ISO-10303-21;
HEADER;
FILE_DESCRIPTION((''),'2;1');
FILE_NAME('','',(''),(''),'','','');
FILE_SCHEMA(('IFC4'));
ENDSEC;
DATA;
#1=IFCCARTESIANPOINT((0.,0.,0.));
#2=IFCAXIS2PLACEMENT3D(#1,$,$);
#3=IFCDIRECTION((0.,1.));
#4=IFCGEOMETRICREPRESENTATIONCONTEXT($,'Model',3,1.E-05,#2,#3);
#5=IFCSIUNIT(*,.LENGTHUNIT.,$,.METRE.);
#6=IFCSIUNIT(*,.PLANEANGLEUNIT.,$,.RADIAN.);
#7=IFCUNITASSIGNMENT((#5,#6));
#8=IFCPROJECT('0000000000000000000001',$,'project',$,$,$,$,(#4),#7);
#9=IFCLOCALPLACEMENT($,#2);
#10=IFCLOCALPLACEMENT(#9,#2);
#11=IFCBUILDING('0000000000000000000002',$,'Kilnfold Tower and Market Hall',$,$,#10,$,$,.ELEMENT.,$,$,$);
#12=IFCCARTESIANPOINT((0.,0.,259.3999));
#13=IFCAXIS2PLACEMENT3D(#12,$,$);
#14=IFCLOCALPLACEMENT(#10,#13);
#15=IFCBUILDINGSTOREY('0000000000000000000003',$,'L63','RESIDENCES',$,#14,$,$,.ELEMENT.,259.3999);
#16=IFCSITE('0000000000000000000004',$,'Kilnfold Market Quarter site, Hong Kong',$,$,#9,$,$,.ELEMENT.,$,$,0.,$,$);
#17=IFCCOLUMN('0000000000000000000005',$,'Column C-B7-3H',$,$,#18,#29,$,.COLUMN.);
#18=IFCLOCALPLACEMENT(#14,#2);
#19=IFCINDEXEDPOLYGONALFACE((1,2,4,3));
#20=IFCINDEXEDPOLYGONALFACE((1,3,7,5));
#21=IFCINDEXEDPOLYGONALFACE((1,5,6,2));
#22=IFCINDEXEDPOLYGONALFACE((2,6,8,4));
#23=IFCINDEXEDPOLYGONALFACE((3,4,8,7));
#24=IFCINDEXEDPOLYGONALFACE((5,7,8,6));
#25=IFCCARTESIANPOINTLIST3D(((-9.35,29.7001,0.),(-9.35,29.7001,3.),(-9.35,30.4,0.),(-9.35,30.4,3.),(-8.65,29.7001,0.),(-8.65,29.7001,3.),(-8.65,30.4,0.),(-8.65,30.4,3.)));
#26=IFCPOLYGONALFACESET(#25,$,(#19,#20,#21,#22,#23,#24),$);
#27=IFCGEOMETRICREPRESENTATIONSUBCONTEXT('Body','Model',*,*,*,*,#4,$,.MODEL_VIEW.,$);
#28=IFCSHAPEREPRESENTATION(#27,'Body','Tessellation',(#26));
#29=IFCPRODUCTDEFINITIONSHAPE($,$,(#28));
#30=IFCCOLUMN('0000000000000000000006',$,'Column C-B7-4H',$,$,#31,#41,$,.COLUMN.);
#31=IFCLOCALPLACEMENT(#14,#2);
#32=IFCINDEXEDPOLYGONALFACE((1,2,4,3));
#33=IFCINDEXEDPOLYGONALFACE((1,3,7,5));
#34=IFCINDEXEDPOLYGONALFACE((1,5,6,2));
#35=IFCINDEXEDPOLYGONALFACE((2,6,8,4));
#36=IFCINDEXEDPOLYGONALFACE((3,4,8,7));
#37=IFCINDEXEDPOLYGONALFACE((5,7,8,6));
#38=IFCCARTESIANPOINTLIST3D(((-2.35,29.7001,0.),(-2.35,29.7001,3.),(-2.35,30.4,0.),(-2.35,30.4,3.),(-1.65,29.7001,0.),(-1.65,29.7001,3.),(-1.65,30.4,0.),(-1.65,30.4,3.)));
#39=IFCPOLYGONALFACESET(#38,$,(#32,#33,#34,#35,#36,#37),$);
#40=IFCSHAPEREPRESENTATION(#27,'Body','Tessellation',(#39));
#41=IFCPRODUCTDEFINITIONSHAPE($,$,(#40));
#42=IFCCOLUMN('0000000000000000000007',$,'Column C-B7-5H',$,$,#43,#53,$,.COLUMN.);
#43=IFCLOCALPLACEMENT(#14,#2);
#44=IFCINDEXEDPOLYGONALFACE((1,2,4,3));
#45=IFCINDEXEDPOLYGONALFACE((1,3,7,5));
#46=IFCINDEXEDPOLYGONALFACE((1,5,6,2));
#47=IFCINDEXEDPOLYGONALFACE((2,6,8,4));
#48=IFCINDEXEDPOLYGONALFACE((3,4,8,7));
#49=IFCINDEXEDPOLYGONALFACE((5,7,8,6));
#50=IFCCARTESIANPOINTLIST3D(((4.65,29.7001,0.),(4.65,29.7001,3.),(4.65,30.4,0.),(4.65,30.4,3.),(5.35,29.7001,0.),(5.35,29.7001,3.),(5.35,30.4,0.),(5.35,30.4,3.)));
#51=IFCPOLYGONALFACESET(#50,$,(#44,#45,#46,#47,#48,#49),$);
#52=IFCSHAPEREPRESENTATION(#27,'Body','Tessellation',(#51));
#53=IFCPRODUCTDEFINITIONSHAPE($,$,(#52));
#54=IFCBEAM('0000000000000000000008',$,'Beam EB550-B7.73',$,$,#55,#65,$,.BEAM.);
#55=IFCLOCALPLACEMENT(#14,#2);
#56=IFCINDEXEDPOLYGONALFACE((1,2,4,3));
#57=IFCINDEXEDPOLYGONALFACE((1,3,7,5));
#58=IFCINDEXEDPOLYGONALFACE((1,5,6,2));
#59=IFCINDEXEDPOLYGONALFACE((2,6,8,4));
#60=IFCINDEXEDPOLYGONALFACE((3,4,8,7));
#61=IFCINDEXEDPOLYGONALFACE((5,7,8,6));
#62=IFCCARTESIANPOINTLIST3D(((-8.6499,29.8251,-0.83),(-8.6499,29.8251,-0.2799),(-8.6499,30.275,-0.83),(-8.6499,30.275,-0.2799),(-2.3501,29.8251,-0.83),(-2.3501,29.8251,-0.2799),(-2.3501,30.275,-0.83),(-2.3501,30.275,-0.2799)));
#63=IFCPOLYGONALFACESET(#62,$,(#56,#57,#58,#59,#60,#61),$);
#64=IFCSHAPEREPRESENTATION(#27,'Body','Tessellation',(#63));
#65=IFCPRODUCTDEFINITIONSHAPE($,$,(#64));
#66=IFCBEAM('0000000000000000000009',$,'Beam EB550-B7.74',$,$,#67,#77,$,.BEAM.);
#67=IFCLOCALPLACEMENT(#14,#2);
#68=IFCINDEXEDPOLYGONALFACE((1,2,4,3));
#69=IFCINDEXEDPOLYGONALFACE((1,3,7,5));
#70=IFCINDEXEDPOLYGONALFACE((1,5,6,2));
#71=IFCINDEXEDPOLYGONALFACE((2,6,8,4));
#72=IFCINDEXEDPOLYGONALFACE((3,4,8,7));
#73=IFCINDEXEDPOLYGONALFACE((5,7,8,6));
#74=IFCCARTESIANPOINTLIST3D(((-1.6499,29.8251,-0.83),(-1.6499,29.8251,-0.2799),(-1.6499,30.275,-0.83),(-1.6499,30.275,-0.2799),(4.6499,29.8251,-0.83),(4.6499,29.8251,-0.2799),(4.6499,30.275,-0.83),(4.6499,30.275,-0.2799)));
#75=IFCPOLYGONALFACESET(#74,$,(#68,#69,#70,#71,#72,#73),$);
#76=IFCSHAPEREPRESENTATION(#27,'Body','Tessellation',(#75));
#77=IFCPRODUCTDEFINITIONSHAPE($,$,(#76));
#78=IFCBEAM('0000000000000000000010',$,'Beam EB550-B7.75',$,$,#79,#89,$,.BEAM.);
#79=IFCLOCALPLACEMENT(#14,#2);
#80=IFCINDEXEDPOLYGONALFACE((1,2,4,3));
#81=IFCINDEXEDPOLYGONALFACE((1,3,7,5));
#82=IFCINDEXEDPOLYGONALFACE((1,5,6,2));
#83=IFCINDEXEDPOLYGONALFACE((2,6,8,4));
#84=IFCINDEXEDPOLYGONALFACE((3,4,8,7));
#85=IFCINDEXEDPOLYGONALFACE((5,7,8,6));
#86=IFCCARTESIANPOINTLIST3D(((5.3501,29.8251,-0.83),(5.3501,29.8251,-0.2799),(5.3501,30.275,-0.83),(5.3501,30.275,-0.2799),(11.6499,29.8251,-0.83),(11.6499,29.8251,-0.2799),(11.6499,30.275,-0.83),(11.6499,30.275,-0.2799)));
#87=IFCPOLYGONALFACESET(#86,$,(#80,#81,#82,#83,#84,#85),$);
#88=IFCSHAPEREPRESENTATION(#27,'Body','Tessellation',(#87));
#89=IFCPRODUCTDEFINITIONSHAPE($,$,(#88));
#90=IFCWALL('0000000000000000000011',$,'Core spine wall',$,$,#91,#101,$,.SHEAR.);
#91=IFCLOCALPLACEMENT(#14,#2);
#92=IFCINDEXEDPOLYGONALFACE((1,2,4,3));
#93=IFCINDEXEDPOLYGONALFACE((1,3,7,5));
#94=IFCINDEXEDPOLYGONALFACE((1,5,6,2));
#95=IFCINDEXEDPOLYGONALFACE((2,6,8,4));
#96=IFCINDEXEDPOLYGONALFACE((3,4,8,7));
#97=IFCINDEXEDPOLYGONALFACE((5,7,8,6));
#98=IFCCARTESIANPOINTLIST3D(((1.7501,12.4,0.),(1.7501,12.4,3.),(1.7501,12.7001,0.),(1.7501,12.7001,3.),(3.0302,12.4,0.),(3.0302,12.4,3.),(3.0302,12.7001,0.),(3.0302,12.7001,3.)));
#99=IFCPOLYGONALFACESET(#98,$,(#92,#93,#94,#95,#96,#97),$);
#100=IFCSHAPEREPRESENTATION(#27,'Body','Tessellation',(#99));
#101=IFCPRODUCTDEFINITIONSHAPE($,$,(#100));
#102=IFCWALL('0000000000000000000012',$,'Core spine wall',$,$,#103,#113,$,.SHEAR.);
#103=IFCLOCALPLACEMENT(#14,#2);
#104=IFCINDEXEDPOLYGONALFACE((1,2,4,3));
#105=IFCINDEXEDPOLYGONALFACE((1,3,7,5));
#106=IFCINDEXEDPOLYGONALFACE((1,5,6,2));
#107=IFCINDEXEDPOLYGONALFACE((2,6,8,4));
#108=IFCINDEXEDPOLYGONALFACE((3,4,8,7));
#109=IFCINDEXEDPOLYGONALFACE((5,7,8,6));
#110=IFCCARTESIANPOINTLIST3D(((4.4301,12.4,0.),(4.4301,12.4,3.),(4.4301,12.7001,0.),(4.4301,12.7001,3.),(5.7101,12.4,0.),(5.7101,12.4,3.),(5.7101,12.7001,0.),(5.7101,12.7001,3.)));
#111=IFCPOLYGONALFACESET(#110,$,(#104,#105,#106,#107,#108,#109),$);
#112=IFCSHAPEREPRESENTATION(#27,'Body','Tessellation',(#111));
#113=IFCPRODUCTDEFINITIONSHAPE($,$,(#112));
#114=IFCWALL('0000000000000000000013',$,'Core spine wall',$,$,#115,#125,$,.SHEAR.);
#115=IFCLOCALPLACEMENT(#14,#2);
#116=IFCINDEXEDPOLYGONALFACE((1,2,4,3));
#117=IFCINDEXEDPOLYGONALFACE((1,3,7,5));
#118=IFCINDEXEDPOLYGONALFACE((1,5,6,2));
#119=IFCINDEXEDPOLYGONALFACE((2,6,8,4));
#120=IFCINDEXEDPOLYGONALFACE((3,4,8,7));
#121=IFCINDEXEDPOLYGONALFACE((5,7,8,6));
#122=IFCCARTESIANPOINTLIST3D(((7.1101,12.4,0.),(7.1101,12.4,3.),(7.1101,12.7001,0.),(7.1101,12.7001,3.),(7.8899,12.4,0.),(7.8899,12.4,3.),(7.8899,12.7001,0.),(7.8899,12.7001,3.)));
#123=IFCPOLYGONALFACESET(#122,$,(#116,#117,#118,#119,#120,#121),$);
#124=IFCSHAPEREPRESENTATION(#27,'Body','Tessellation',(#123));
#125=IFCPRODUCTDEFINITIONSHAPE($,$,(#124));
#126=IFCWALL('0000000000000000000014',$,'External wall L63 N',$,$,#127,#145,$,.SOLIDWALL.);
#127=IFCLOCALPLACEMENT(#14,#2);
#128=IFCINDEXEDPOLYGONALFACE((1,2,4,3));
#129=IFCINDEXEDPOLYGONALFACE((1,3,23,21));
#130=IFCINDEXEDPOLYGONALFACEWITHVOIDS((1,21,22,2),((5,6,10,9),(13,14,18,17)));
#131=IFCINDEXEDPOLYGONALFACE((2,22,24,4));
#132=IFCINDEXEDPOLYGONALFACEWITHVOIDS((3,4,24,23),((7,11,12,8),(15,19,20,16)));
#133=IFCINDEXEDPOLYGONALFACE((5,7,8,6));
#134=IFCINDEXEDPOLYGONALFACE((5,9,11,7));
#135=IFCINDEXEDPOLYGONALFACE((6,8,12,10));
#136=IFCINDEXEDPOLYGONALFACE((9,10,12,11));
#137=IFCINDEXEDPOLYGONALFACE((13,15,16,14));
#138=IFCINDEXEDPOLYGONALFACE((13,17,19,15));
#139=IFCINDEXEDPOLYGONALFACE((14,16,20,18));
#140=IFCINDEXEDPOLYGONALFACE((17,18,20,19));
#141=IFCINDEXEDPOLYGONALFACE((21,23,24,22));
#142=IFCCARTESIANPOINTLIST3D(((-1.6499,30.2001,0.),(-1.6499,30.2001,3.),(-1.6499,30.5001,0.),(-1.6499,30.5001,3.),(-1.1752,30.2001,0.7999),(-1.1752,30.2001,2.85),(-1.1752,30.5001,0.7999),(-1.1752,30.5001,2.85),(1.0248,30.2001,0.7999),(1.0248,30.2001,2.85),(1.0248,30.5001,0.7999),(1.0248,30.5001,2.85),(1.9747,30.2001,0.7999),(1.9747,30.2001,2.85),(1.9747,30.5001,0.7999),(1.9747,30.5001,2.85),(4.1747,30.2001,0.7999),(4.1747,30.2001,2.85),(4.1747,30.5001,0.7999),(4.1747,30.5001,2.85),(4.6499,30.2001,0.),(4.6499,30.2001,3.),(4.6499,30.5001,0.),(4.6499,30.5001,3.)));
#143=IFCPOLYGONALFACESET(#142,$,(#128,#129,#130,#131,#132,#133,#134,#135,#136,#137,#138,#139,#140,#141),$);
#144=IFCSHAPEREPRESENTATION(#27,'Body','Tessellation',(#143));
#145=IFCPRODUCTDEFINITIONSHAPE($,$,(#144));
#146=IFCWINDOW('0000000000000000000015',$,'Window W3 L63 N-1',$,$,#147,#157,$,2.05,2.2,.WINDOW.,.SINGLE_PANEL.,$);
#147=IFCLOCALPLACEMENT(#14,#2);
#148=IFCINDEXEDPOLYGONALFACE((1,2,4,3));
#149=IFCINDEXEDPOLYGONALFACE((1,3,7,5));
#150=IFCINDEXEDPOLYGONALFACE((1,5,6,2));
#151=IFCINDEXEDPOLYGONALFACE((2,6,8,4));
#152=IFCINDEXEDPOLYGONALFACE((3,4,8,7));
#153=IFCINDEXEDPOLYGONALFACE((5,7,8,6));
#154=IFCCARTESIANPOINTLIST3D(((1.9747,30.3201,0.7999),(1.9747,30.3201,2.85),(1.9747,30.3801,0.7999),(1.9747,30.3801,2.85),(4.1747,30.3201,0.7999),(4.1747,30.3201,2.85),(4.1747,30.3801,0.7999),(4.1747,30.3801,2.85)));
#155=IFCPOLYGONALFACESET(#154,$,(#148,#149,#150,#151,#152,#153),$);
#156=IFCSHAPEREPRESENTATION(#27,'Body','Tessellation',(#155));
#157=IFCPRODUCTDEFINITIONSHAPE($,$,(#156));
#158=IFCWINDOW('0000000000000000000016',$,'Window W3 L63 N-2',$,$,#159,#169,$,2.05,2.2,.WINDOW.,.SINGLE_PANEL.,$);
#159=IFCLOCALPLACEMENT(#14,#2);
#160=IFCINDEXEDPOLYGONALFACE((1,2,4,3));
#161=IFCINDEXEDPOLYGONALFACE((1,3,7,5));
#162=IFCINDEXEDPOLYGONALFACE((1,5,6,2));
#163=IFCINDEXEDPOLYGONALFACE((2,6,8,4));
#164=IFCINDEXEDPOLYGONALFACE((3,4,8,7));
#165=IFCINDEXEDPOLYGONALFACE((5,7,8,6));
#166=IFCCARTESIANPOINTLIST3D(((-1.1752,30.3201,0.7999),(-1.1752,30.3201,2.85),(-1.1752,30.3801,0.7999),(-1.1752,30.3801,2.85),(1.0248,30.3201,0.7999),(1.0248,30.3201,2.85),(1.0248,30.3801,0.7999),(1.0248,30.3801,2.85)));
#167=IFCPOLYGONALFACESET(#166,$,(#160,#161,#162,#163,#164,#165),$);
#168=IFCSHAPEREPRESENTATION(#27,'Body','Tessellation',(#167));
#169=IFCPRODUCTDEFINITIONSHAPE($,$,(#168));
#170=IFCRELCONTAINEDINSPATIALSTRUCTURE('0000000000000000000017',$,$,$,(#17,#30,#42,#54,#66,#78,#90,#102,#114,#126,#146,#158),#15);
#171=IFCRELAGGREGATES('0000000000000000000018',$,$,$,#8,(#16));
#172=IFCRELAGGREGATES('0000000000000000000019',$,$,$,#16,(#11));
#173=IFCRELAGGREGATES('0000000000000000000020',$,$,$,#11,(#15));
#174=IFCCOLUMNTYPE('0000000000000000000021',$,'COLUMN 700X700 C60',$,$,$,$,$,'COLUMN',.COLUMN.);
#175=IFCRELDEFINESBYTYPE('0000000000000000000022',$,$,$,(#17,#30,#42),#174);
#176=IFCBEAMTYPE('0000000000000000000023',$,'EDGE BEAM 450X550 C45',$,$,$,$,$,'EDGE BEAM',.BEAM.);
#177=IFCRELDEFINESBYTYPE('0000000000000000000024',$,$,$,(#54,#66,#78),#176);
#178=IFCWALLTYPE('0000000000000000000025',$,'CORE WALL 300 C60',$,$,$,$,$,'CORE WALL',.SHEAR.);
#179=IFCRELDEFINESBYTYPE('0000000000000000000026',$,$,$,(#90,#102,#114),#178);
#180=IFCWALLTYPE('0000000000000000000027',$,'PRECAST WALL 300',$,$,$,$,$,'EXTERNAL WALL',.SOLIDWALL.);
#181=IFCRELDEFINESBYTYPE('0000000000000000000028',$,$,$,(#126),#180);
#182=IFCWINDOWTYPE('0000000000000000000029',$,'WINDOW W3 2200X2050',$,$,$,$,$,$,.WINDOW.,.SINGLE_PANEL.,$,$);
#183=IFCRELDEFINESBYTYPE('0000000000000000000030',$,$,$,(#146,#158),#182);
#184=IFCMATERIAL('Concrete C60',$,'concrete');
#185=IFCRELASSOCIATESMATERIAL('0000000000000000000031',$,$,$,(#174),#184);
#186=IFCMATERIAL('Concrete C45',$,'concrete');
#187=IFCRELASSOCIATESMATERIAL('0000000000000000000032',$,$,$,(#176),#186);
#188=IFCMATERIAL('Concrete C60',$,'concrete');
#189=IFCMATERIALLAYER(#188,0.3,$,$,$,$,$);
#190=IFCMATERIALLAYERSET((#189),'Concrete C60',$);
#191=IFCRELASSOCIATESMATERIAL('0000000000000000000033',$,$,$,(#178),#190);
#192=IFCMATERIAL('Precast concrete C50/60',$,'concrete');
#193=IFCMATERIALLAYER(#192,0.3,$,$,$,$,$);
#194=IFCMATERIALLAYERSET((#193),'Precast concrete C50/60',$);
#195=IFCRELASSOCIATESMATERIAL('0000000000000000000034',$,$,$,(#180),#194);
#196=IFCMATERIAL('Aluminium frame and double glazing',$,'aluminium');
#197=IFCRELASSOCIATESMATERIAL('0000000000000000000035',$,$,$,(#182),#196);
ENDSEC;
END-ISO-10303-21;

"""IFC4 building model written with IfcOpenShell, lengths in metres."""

from ifc_helpers import new_model, si_unit, direction, frame, frame_2d, origin, origin_2d, place, context, subcontext, project, spatial, rectangle, extrude, source, transform, mapped, material, layer, layer_set, material_profile, profile_set, type_object, element, fill, save


model = new_model("IFC4")

# Units and contexts
model_context = context("Model", 3, precision=1e-05, world=origin(), true_north=direction((0.0, 1.0)))
body_context = subcontext(model_context, "Body", "Model", "MODEL_VIEW")
ifc_project = project(units=[si_unit("LENGTHUNIT", "METRE"), si_unit("PLANEANGLEUNIT", "RADIAN")], contexts=[model_context])

# Site, building, storey
site_placement = place(None, origin())
site = spatial("IfcSite", under=ifc_project, at=site_placement, Name="Kilnfold Market Quarter site, Hong Kong", CompositionType="ELEMENT", RefElevation=0.0)
building_placement = place(site_placement, origin())
building = spatial("IfcBuilding", under=site, at=building_placement, Name="Kilnfold Tower and Market Hall", CompositionType="ELEMENT")
storey_placement = place(building_placement, frame((0.0, 0.0, 259.3999)))
storey = spatial("IfcBuildingStorey", under=building, at=storey_placement, Name="L63", Description="RESIDENCES", CompositionType="ELEMENT", Elevation=259.3999)

# Columns
ifc_material_1 = material(Name="Concrete C60", Category="concrete")
ifc_material_profile_1 = material_profile(ifc_material_1, rectangle(XDim=0.7, YDim=0.7, at=origin_2d()), Name="RC 700x700")
ifc_profile_set_1 = profile_set([ifc_material_profile_1], Name="Concrete C60")
column_type = type_object("IfcColumnType", Name="COLUMN 700X700 C60", ElementType="COLUMN", PredefinedType="COLUMN", material=ifc_profile_set_1)
shared_shape_1 = source(origin(), body_context, "Body", "SweptSolid", [
    extrude(rectangle(XDim=0.7, YDim=0.7, at=origin_2d()), origin(), (0.0, 0.0, 1.0), 3.0),
])
for number, where, z_axis, x_axis, name in (
    (1, (-9.0, 30.05, 0.0), (0.0, 0.0, 1.0), (1.0, 0.0, 0.0), "Column C-B7-3H"),
    (2, (-2.0, 30.05, 0.0), (0.0, 0.0, 1.0), (1.0, 0.0, 0.0), "Column C-B7-4H"),
    (3, (5.0, 30.05, 0.0), (0.0, 0.0, 1.0), (1.0, 0.0, 0.0), "Column C-B7-5H"),
):
    element("IfcColumn", number, at=place(storey_placement, frame(where, z_axis=z_axis, x_axis=x_axis)), inside=storey, type_object=column_type, Name=name, PredefinedType="COLUMN", context=body_context, shape_type="MappedRepresentation", body=[
        mapped(shared_shape_1, transform((0.0, 0.0, 0.0))),
    ])

# Beams
ifc_material_2 = material(Name="Concrete C45", Category="concrete")
ifc_material_profile_2 = material_profile(ifc_material_2, rectangle(XDim=0.45, YDim=0.55, at=origin_2d()), Name="RC 450x550")
ifc_profile_set_2 = profile_set([ifc_material_profile_2], Name="Concrete C45")
beam_type = type_object("IfcBeamType", Name="EDGE BEAM 450X550 C45", ElementType="EDGE BEAM", PredefinedType="BEAM", material=ifc_profile_set_2)
shared_shape_2 = source(origin(), body_context, "Body", "SweptSolid", [
    extrude(rectangle(XDim=0.45, YDim=0.55, at=origin_2d()), origin(), (0.0, 0.0, 1.0), 6.2998),
])
for number, where, z_axis, x_axis, name in (
    (4, (-8.6499, 30.05, -0.5549), (1.0, 0.0, 0.0), (0.0, 1.0, 0.0), "Beam EB550-B7.73"),
    (5, (-1.6499, 30.05, -0.5549), (1.0, 0.0, 0.0), (0.0, 1.0, 0.0), "Beam EB550-B7.74"),
    (6, (5.3501, 30.05, -0.5549), (1.0, 0.0, 0.0), (0.0, 1.0, 0.0), "Beam EB550-B7.75"),
):
    element("IfcBeam", number, at=place(storey_placement, frame(where, z_axis=z_axis, x_axis=x_axis)), inside=storey, type_object=beam_type, Name=name, PredefinedType="BEAM", context=body_context, shape_type="MappedRepresentation", body=[
        mapped(shared_shape_2, transform((0.0, 0.0, 0.0))),
    ])

# Walls
ifc_material_3 = material(Name="Concrete C60", Category="concrete")
ifc_layer_1 = layer(ifc_material_3, 0.3)
ifc_layer_set_1 = layer_set([ifc_layer_1], Name="Concrete C60")
wall_type_1 = type_object("IfcWallType", Name="CORE WALL 300 C60", ElementType="CORE WALL", PredefinedType="SHEAR", material=ifc_layer_set_1)
shared_shape_3 = source(origin(), body_context, "Body", "SweptSolid", [
    extrude(rectangle(XDim=1.28, YDim=0.3, at=frame_2d((0.6401, 0.0))), origin(), (0.0, 0.0, 1.0), 3.0),
])
for number, where, z_axis, x_axis, name in (
    (7, (1.75, 12.55, 0.0), (0.0, 0.0, 1.0), (1.0, 0.0, 0.0), "Core spine wall"),
    (8, (4.4299, 12.55, 0.0), (0.0, 0.0, 1.0), (1.0, 0.0, 0.0), "Core spine wall"),
):
    element("IfcWall", number, at=place(storey_placement, frame(where, z_axis=z_axis, x_axis=x_axis)), inside=storey, type_object=wall_type_1, Name=name, PredefinedType="SHEAR", context=body_context, shape_type="MappedRepresentation", body=[
        mapped(shared_shape_3, transform((0.0, 0.0, 0.0))),
    ])
shared_shape_4 = source(origin(), body_context, "Body", "SweptSolid", [
    extrude(rectangle(XDim=0.7798, YDim=0.3, at=frame_2d((0.3899, 0.0))), origin(), (0.0, 0.0, 1.0), 3.0),
])
wall_1_placement = place(storey_placement, frame((7.1101, 12.55, 0.0), z_axis=(0.0, 0.0, 1.0), x_axis=(1.0, 0.0, 0.0)))
element("IfcWall", 9, at=wall_1_placement, inside=storey, type_object=wall_type_1, Name="Core spine wall", PredefinedType="SHEAR", context=body_context, shape_type="MappedRepresentation", body=[
    mapped(shared_shape_4, transform((0.0, 0.0, 0.0))),
])

# Wall, openings, windows
ifc_material_4 = material(Name="Precast concrete C50/60", Category="concrete")
ifc_layer_2 = layer(ifc_material_4, 0.3)
ifc_layer_set_2 = layer_set([ifc_layer_2], Name="Precast concrete C50/60")
wall_type_2 = type_object("IfcWallType", Name="PRECAST WALL 300", ElementType="EXTERNAL WALL", PredefinedType="SOLIDWALL", material=ifc_layer_set_2)
shared_shape_5 = source(origin(), body_context, "Body", "SweptSolid", [
    extrude(rectangle(XDim=6.2998, YDim=0.3, at=frame_2d((3.1499, 0.0))), origin(), (0.0, 0.0, 1.0), 3.0),
])
wall_2_placement = place(storey_placement, frame((4.6499, 30.3501, 0.0), z_axis=(0.0, 0.0, 1.0), x_axis=(-1.0, 0.0, 0.0)))
wall_2 = element("IfcWall", 10, at=wall_2_placement, inside=storey, type_object=wall_type_2, Name="External wall L63 N", PredefinedType="SOLIDWALL", context=body_context, shape_type="MappedRepresentation", body=[
    mapped(shared_shape_5, transform((0.0, 0.0, 0.0))),
])
opening_1_placement = place(wall_2_placement, frame((0.4751, 0.0, 0.8)))
opening_1 = element("IfcOpeningElement", 11, at=opening_1_placement, cuts=wall_2, PredefinedType="OPENING", context=body_context, shape_type="SweptSolid", body=[
    extrude(rectangle(XDim=2.2, YDim=2.05, at=frame_2d((1.1001, 1.0249))), frame((0.0, 0.1602, 0.0), z_axis=(0.0, -1.0, 0.0), x_axis=(1.0, 0.0, 0.0)), (0.0, 0.0, 1.0), 0.3201),
])
opening_2_placement = place(wall_2_placement, frame((3.625, 0.0, 0.8)))
opening_2 = element("IfcOpeningElement", 12, at=opening_2_placement, cuts=wall_2, PredefinedType="OPENING", context=body_context, shape_type="SweptSolid", body=[
    extrude(rectangle(XDim=2.2, YDim=2.05, at=frame_2d((1.1001, 1.0249))), frame((0.0, 0.1602, 0.0), z_axis=(0.0, -1.0, 0.0), x_axis=(1.0, 0.0, 0.0)), (0.0, 0.0, 1.0), 0.3201),
])
ifc_material_5 = material(Name="Aluminium frame and double glazing", Category="aluminium")
window_type = type_object("IfcWindowType", Name="WINDOW W3 2200X2050", PartitioningType="SINGLE_PANEL", PredefinedType="WINDOW", material=ifc_material_5)
window_1_placement = place(opening_1_placement, origin())
window_1 = element("IfcWindow", 13, at=window_1_placement, inside=storey, type_object=window_type, Name="Window W3 L63 N-1", OverallHeight=2.05, OverallWidth=2.2, PartitioningType="SINGLE_PANEL", PredefinedType="WINDOW", context=body_context, shape_type="SweptSolid", body=[
    extrude(rectangle(XDim=2.2, YDim=2.05, at=frame_2d((1.1001, 1.0249))), frame((0.0, 0.03, 0.0), z_axis=(0.0, -1.0, 0.0), x_axis=(1.0, 0.0, 0.0)), (0.0, 0.0, 1.0), 0.0601),
])
fill(opening_1, window_1)
window_2_placement = place(opening_2_placement, origin())
window_2 = element("IfcWindow", 14, at=window_2_placement, inside=storey, type_object=window_type, Name="Window W3 L63 N-2", OverallHeight=2.05, OverallWidth=2.2, PartitioningType="SINGLE_PANEL", PredefinedType="WINDOW", context=body_context, shape_type="SweptSolid", body=[
    extrude(rectangle(XDim=2.2, YDim=2.05, at=frame_2d((1.1001, 1.0249))), frame((0.0, 0.03, 0.0), z_axis=(0.0, -1.0, 0.0), x_axis=(1.0, 0.0, 0.0)), (0.0, 0.0, 1.0), 0.0601),
])
fill(opening_2, window_2)

save(model, "model.ifc")
